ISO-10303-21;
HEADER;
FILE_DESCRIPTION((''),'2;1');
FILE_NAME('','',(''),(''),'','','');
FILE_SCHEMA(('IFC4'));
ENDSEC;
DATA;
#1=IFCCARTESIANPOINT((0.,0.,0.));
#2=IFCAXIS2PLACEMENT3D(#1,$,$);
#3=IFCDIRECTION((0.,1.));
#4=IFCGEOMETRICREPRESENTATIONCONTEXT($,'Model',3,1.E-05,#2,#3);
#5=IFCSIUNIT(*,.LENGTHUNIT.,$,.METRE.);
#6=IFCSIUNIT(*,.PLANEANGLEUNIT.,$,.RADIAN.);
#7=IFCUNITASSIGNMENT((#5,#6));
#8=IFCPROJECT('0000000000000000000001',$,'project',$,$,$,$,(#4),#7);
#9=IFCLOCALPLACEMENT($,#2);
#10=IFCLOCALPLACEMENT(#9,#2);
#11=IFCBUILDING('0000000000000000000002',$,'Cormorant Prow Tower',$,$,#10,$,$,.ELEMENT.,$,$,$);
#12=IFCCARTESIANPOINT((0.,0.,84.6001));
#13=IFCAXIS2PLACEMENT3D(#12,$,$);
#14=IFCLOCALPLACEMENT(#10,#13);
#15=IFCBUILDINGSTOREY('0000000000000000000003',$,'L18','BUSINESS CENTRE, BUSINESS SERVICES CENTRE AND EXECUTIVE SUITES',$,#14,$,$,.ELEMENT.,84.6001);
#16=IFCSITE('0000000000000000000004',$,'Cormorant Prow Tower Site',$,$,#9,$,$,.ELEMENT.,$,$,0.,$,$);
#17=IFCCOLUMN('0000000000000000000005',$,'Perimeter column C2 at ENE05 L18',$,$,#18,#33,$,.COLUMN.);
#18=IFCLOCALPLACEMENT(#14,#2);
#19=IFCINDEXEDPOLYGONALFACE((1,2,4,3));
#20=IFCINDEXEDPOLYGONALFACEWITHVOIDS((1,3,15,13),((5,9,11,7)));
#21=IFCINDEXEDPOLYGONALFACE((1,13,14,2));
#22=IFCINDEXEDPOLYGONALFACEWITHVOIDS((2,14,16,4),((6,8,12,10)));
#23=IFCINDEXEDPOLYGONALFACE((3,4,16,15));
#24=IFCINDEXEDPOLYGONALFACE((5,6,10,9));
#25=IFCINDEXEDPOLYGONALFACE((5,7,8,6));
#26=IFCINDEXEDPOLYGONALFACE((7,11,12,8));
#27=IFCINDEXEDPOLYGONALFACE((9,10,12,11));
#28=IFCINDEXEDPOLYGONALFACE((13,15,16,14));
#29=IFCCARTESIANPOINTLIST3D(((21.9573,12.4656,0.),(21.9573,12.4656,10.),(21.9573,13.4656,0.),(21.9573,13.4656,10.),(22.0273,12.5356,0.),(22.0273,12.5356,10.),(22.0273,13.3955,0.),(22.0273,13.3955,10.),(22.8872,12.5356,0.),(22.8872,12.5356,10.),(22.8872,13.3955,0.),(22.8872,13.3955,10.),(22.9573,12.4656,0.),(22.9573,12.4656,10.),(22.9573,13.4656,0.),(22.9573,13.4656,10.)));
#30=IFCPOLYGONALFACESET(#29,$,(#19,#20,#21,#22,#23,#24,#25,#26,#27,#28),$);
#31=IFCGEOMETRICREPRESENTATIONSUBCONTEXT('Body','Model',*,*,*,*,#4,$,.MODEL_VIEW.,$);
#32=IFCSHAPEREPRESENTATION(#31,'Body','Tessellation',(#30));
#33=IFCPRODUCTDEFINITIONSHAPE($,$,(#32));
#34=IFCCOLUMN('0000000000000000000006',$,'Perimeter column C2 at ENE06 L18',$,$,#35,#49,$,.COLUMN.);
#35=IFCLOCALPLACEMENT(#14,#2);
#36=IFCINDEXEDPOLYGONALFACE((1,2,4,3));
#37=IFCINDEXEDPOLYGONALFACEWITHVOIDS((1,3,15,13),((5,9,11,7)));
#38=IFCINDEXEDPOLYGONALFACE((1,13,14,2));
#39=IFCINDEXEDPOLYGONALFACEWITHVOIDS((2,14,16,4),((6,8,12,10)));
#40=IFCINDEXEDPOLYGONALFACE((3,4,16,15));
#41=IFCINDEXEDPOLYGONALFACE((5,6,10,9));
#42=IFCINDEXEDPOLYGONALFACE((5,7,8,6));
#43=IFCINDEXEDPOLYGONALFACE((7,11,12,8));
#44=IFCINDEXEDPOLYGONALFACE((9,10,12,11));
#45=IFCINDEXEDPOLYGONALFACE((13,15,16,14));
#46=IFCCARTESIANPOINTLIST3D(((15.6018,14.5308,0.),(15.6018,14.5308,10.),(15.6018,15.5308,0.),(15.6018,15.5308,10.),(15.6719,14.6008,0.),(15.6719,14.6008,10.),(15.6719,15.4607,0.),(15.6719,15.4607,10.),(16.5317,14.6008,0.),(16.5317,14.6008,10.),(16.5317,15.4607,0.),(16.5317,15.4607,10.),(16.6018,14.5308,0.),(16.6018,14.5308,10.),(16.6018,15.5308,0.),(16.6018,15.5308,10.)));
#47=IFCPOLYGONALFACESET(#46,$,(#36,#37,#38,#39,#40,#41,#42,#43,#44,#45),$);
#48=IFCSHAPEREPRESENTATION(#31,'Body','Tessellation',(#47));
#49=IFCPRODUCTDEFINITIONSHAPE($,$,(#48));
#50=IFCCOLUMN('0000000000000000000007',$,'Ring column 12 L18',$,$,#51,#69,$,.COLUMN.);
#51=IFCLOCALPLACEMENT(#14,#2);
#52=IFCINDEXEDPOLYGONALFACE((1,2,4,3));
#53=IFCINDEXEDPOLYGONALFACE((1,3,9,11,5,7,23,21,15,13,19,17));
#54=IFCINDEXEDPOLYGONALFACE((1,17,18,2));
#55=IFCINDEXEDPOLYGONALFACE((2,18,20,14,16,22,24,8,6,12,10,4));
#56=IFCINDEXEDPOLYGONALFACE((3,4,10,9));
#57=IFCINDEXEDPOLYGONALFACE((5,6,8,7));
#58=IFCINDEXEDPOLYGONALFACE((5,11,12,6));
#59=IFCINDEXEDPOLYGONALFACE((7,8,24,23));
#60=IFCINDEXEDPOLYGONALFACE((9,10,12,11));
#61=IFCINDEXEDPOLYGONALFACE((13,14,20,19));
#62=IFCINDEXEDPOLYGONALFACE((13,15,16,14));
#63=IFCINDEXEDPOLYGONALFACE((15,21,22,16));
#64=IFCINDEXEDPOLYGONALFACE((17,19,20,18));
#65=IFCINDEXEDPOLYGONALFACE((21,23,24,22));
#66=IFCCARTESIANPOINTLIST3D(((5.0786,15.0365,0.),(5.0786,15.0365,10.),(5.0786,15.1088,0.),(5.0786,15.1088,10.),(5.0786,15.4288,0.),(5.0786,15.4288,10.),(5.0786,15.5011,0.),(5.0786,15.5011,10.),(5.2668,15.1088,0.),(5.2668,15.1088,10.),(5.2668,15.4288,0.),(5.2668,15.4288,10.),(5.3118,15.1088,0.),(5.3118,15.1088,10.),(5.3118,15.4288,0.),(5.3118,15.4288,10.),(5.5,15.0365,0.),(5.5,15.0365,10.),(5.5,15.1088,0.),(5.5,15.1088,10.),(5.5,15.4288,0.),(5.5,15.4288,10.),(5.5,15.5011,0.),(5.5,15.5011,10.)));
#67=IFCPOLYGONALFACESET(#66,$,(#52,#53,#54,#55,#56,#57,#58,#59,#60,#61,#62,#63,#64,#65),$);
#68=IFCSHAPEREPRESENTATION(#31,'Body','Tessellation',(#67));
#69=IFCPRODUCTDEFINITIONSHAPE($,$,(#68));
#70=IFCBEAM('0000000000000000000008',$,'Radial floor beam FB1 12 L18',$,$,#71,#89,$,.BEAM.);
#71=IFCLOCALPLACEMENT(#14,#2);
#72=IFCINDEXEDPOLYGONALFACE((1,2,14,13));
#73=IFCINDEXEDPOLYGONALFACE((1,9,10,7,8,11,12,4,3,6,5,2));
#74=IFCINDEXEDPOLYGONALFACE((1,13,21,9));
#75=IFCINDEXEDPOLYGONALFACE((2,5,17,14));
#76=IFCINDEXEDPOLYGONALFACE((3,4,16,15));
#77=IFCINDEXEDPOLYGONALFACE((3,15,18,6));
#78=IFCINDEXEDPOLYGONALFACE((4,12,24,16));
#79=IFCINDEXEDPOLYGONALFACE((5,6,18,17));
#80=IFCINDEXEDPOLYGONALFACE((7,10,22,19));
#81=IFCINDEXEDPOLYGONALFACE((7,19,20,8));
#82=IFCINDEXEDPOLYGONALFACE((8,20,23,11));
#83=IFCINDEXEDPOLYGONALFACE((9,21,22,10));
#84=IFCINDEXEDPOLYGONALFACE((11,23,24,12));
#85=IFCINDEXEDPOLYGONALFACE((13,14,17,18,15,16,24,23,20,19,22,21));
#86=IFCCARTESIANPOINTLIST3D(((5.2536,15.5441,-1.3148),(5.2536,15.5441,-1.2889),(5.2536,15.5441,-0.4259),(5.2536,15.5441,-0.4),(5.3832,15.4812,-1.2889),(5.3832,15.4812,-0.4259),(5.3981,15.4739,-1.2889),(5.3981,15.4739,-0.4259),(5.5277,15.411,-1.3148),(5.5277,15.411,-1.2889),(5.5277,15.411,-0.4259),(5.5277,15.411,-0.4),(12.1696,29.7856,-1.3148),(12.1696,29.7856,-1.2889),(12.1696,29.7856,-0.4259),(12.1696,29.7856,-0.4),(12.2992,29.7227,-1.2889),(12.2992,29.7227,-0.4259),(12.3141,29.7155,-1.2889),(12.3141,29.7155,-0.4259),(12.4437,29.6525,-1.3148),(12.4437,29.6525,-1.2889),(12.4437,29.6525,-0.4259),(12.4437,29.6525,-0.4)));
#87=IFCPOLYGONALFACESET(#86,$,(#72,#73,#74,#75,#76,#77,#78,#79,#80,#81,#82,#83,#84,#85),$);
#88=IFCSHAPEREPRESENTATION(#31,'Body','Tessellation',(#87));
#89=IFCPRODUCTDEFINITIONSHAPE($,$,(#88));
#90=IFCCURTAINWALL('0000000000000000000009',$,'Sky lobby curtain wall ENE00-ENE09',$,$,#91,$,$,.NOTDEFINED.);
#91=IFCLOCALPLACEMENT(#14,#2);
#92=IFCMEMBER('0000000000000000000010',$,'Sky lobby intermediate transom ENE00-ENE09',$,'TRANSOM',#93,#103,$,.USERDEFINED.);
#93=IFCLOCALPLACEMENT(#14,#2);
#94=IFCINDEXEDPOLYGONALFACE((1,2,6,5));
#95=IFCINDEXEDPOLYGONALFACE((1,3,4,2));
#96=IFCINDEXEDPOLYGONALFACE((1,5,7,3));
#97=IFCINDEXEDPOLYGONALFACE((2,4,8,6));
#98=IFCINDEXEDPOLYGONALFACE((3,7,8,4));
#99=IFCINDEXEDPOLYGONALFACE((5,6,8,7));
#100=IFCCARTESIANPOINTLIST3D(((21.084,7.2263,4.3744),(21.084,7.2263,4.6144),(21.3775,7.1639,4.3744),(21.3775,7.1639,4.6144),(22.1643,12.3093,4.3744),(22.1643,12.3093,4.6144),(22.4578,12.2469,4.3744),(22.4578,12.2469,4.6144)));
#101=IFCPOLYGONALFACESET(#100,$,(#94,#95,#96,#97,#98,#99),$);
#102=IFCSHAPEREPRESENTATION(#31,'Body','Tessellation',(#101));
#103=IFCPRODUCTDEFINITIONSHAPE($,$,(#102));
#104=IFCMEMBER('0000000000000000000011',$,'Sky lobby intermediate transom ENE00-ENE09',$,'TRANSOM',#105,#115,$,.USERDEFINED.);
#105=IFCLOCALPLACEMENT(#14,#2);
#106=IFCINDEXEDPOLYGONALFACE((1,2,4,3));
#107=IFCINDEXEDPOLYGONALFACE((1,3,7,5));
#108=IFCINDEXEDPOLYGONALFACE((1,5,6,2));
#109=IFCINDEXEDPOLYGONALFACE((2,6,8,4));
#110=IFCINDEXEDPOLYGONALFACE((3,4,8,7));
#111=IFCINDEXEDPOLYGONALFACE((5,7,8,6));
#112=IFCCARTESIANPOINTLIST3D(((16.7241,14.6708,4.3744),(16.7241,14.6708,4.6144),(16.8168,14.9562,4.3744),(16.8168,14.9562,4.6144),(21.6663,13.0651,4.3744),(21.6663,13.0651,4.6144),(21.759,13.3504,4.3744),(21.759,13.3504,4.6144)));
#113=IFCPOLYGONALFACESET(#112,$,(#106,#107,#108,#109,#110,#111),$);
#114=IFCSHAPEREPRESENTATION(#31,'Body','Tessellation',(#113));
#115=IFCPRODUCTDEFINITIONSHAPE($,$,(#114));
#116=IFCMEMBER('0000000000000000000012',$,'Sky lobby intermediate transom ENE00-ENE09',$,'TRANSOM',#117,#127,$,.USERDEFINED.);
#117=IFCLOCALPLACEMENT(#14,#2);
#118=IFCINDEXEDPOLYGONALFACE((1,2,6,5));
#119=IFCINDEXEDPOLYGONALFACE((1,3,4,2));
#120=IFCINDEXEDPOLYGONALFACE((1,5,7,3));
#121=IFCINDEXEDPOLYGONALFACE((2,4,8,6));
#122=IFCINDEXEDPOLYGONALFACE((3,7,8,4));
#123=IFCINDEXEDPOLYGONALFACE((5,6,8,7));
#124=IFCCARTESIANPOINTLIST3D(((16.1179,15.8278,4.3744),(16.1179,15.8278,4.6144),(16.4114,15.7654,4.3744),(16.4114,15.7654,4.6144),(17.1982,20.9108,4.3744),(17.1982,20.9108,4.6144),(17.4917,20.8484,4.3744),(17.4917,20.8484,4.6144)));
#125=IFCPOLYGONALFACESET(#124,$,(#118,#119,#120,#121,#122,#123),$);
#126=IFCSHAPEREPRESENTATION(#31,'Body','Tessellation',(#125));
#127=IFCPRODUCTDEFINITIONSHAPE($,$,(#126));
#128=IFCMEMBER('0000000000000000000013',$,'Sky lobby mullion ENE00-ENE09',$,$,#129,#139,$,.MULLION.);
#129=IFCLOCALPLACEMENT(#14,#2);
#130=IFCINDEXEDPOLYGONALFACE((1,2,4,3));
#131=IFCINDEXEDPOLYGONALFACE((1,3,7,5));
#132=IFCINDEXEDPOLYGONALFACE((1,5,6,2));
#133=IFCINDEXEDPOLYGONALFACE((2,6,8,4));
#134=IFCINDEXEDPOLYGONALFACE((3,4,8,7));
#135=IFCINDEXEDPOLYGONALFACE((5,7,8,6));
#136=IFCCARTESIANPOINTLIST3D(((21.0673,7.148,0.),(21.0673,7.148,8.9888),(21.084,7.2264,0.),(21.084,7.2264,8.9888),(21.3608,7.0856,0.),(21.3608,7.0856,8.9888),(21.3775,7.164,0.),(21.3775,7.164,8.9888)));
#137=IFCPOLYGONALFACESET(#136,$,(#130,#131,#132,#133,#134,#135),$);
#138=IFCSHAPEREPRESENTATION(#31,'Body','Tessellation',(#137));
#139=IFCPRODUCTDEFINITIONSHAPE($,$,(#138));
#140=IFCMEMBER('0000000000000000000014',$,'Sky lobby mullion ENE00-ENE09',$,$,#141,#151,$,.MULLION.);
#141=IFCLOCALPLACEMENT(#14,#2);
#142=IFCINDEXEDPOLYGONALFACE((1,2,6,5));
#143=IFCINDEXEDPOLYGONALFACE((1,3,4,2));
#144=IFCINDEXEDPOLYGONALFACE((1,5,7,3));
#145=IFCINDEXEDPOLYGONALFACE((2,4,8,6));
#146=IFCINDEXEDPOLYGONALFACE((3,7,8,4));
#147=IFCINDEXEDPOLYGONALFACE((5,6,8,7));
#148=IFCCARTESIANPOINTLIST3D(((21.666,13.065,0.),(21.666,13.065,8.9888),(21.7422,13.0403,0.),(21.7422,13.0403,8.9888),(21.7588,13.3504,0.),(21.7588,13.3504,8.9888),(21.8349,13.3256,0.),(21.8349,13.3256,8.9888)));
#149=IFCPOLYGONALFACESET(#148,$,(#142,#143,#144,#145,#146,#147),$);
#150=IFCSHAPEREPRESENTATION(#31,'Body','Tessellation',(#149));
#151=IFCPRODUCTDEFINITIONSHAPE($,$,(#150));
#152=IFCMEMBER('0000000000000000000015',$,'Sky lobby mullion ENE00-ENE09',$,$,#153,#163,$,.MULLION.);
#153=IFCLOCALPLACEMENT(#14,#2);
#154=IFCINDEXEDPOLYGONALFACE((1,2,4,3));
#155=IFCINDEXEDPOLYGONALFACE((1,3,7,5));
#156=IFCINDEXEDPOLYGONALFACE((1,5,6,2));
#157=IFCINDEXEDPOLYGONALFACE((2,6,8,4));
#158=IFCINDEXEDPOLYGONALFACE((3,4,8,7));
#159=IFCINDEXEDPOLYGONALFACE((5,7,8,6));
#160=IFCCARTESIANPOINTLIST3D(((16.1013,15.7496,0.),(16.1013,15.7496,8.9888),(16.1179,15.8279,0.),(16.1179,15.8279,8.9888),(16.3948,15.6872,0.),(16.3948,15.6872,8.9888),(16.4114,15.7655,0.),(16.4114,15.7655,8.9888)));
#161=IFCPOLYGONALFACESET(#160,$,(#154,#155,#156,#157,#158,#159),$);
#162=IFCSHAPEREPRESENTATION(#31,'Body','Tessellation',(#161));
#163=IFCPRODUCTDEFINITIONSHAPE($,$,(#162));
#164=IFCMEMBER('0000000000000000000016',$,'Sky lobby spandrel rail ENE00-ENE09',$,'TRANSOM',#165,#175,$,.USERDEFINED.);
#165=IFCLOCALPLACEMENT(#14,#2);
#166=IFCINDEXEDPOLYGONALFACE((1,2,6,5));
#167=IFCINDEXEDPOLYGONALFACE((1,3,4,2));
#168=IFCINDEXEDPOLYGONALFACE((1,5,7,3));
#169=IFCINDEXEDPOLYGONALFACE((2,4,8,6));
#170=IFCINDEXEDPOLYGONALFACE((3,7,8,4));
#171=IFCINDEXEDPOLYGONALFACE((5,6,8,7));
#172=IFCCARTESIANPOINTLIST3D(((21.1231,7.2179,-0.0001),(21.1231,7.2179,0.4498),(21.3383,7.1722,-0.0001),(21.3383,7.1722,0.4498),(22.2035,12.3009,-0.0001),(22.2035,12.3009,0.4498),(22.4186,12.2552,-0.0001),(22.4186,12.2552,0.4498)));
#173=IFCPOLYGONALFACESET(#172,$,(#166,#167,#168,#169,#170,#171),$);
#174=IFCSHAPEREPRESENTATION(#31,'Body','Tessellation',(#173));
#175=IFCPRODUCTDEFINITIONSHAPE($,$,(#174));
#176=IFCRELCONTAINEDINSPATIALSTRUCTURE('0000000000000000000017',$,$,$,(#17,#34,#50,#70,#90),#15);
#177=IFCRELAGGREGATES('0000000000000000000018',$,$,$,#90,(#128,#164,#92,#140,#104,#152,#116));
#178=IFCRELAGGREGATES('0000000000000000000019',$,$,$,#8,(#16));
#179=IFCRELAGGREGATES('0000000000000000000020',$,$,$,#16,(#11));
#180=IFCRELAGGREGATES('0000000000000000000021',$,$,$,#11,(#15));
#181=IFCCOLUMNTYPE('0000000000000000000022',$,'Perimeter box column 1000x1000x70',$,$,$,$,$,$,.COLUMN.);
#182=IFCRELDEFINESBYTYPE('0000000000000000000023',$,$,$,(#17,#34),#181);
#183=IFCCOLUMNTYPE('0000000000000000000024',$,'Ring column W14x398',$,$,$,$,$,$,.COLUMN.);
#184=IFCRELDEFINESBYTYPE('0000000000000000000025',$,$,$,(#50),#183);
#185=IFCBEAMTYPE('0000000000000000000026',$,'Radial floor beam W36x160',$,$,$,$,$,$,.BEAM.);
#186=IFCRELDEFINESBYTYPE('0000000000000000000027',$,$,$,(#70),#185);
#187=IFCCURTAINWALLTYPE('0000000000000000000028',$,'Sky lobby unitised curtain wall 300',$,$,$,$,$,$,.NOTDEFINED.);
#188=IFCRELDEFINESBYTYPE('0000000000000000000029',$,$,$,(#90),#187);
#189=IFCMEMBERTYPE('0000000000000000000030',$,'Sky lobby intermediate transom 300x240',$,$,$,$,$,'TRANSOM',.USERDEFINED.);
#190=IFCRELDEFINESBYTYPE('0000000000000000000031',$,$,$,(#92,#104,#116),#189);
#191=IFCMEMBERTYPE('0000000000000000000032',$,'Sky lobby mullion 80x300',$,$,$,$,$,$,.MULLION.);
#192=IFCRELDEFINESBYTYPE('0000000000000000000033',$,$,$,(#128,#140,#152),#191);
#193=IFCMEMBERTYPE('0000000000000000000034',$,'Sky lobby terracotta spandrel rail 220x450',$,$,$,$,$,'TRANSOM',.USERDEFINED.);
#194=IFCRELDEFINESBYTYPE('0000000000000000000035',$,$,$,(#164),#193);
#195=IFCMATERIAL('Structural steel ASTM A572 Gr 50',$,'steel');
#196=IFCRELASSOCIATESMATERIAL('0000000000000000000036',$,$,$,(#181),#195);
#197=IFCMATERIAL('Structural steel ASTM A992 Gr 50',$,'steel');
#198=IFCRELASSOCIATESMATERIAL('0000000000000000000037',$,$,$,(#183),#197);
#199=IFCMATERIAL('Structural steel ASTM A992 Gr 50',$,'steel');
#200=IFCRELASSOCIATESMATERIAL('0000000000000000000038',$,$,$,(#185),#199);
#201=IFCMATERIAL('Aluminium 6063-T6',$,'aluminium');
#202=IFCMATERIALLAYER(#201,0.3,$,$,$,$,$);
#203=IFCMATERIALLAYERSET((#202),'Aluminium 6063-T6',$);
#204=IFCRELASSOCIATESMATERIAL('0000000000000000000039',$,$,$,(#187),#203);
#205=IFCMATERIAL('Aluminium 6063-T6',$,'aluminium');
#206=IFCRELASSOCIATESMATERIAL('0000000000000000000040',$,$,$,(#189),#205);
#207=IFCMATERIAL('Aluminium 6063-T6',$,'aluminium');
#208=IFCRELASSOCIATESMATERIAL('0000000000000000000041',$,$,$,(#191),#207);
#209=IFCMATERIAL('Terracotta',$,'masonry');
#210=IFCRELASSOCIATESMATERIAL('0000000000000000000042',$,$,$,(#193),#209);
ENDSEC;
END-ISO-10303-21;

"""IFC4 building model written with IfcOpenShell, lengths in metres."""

from ifc_helpers import new_model, si_unit, direction, frame, origin, origin_2d, place, context, subcontext, project, spatial, rectangle, hollow_rectangle, i_section, extrude, material, layer, layer_set, material_profile, profile_set, type_object, element, aggregate, save


model = new_model("IFC4")

# Units and contexts
model_context = context("Model", 3, precision=1e-05, world=origin(), true_north=direction((0.0, 1.0)))
body_context = subcontext(model_context, "Body", "Model", "MODEL_VIEW")
ifc_project = project(units=[si_unit("LENGTHUNIT", "METRE"), si_unit("PLANEANGLEUNIT", "RADIAN")], contexts=[model_context])

# Site, building, storey
site_placement = place(None, origin())
site = spatial("IfcSite", under=ifc_project, at=site_placement, Name="Cormorant Prow Tower Site", CompositionType="ELEMENT", RefElevation=0.0)
building_placement = place(site_placement, origin())
building = spatial("IfcBuilding", under=site, at=building_placement, Name="Cormorant Prow Tower", CompositionType="ELEMENT")
storey_placement = place(building_placement, frame((0.0, 0.0, 84.6001)))
storey = spatial("IfcBuildingStorey", under=building, at=storey_placement, Name="L18", Description="BUSINESS CENTRE, BUSINESS SERVICES CENTRE AND EXECUTIVE SUITES", CompositionType="ELEMENT", Elevation=84.6001)

# Columns
ifc_material_1 = material(Name="Structural steel ASTM A572 Gr 50", Category="steel")
ifc_material_profile_1 = material_profile(ifc_material_1, hollow_rectangle(XDim=1.0, YDim=1.0, WallThickness=0.0701, at=origin_2d()), Name="Box 1000x1000x70")
ifc_profile_set_1 = profile_set([ifc_material_profile_1], Name="Structural steel ASTM A572 Gr 50")
column_type_1 = type_object("IfcColumnType", Name="Perimeter box column 1000x1000x70", PredefinedType="COLUMN", material=ifc_profile_set_1)
for number, where, z_axis, x_axis, name in (
    (1, (22.4573, 12.9656, 0.0), (0.0, 0.0, 1.0), (1.0, 0.0, 0.0), "Perimeter column C2 at ENE05 L18"),
    (2, (16.1018, 15.0308, 0.0), (0.0, 0.0, 1.0), (1.0, 0.0, 0.0), "Perimeter column C2 at ENE06 L18"),
):
    element("IfcColumn", number, at=place(storey_placement, frame(where, z_axis=z_axis, x_axis=x_axis)), inside=storey, type_object=column_type_1, Name=name, PredefinedType="COLUMN", context=body_context, shape_type="SweptSolid", body=[
        extrude(hollow_rectangle(XDim=1.0, YDim=1.0, WallThickness=0.0701, at=origin_2d()), origin(), (0.0, 0.0, 1.0), 10.0),
    ])
ifc_material_2 = material(Name="Structural steel ASTM A992 Gr 50", Category="steel")
ifc_material_profile_2 = material_profile(ifc_material_2, i_section(OverallWidth=0.4214, OverallDepth=0.4646, WebThickness=0.0449, FlangeThickness=0.0723, at=origin_2d()), Name="W14x398")
ifc_profile_set_2 = profile_set([ifc_material_profile_2], Name="Structural steel ASTM A992 Gr 50")
column_type_2 = type_object("IfcColumnType", Name="Ring column W14x398", PredefinedType="COLUMN", material=ifc_profile_set_2)
column_placement = place(storey_placement, frame((5.2893, 15.2688, 0.0), z_axis=(0.0, 0.0, 1.0), x_axis=(1.0, 0.0, 0.0)))
element("IfcColumn", 3, at=column_placement, inside=storey, type_object=column_type_2, Name="Ring column 12 L18", PredefinedType="COLUMN", context=body_context, shape_type="SweptSolid", body=[
    extrude(i_section(OverallWidth=0.4214, OverallDepth=0.4646, WebThickness=0.0449, FlangeThickness=0.0723, at=origin_2d()), origin(), (0.0, 0.0, 1.0), 10.0),
])

# Beam
ifc_material_3 = material(Name="Structural steel ASTM A992 Gr 50", Category="steel")
ifc_material_profile_3 = material_profile(ifc_material_3, i_section(OverallWidth=0.3047, OverallDepth=0.9148, WebThickness=0.0166, FlangeThickness=0.0259, at=origin_2d()), Name="W36x160")
ifc_profile_set_3 = profile_set([ifc_material_profile_3], Name="Structural steel ASTM A992 Gr 50")
beam_type_1 = type_object("IfcBeamType", Name="Radial floor beam W36x160", PredefinedType="BEAM", material=ifc_profile_set_3)
beam_1_placement = place(storey_placement, frame((5.3906, 15.4775, -0.8574), z_axis=(0.436839, 0.899539, 0.0), x_axis=(-0.899539, 0.436839, 0.0)))
element("IfcBeam", 4, at=beam_1_placement, inside=storey, type_object=beam_type_1, Name="Radial floor beam FB1 12 L18", PredefinedType="BEAM", context=body_context, shape_type="SweptSolid", body=[
    extrude(i_section(OverallWidth=0.3047, OverallDepth=0.9148, WebThickness=0.0166, FlangeThickness=0.0259, at=origin_2d()), origin(), (0.0, 0.0, 1.0), 15.832),
])

# Curtain wall, members
ifc_material_4 = material(Name="Aluminium 6063-T6", Category="aluminium")
ifc_layer_1 = layer(ifc_material_4, 0.3)
ifc_layer_set_1 = layer_set([ifc_layer_1], Name="Aluminium 6063-T6")
curtain_wall_type = type_object("IfcCurtainWallType", Name="Sky lobby unitised curtain wall 300", PredefinedType="NOTDEFINED", material=ifc_layer_set_1)
curtain_wall_placement = place(storey_placement, origin())
curtain_wall = element("IfcCurtainWall", 5, at=curtain_wall_placement, inside=storey, type_object=curtain_wall_type, Name="Sky lobby curtain wall ENE00-ENE09", PredefinedType="NOTDEFINED")
ifc_material_5 = material(Name="Aluminium 6063-T6", Category="aluminium")
ifc_material_profile_4 = material_profile(ifc_material_5, rectangle(XDim=0.3, YDim=0.24, at=origin_2d()), Name="Sky lobby intermediate transom 300x240")
ifc_profile_set_4 = profile_set([ifc_material_profile_4], Name="Aluminium 6063-T6")
member_type_1 = type_object("IfcMemberType", Name="Sky lobby intermediate transom 300x240", ElementType="TRANSOM", PredefinedType="USERDEFINED", material=ifc_profile_set_4)
member_1_placement = place(storey_placement, frame((21.2307, 7.1951, 4.4944), z_axis=(0.207892, 0.978152, 0.0), x_axis=(-0.978152, 0.207892, 0.0)))
member_1 = element("IfcMember", 6, at=member_1_placement, type_object=member_type_1, Name="Sky lobby intermediate transom ENE00-ENE09", ObjectType="TRANSOM", PredefinedType="USERDEFINED", context=body_context, shape_type="SweptSolid", body=[
    extrude(rectangle(XDim=0.3, YDim=0.24, at=origin_2d()), origin(), (0.0, 0.0, 1.0), 5.1965),
])
member_2_placement = place(storey_placement, frame((21.7126, 13.2078, 4.4944), z_axis=(-0.951061, 0.309002, 0.0), x_axis=(-0.309002, -0.951061, 0.0)))
member_2 = element("IfcMember", 7, at=member_2_placement, type_object=member_type_1, Name="Sky lobby intermediate transom ENE00-ENE09", ObjectType="TRANSOM", PredefinedType="USERDEFINED", context=body_context, shape_type="SweptSolid", body=[
    extrude(rectangle(XDim=0.3, YDim=0.24, at=origin_2d()), origin(), (0.0, 0.0, 1.0), 5.1965),
])
member_3_placement = place(storey_placement, frame((16.2646, 15.7966, 4.4944), z_axis=(0.207892, 0.978152, 0.0), x_axis=(-0.978152, 0.207892, 0.0)))
member_3 = element("IfcMember", 8, at=member_3_placement, type_object=member_type_1, Name="Sky lobby intermediate transom ENE00-ENE09", ObjectType="TRANSOM", PredefinedType="USERDEFINED", context=body_context, shape_type="SweptSolid", body=[
    extrude(rectangle(XDim=0.3, YDim=0.24, at=origin_2d()), origin(), (0.0, 0.0, 1.0), 5.1965),
])
ifc_material_6 = material(Name="Aluminium 6063-T6", Category="aluminium")
ifc_material_profile_5 = material_profile(ifc_material_6, rectangle(XDim=0.3, YDim=0.0801, at=origin_2d()), Name="Sky lobby mullion 80x300")
ifc_profile_set_5 = profile_set([ifc_material_profile_5], Name="Aluminium 6063-T6")
member_type_2 = type_object("IfcMemberType", Name="Sky lobby mullion 80x300", PredefinedType="MULLION", material=ifc_profile_set_5)
member_4_placement = place(storey_placement, frame((21.2224, 7.156, 0.0), z_axis=(0.0, 0.0, 1.0), x_axis=(-0.978148, 0.207912, 0.0)))
member_4 = element("IfcMember", 9, at=member_4_placement, type_object=member_type_2, Name="Sky lobby mullion ENE00-ENE09", PredefinedType="MULLION", context=body_context, shape_type="SweptSolid", body=[
    extrude(rectangle(XDim=0.3, YDim=0.0801, at=origin_2d()), origin(), (0.0, 0.0, 1.0), 8.9888),
])
member_5_placement = place(storey_placement, frame((21.7505, 13.1953, 0.0), z_axis=(0.0, 0.0, 1.0), x_axis=(-0.309017, -0.951056, 0.0)))
member_5 = element("IfcMember", 10, at=member_5_placement, type_object=member_type_2, Name="Sky lobby mullion ENE00-ENE09", PredefinedType="MULLION", context=body_context, shape_type="SweptSolid", body=[
    extrude(rectangle(XDim=0.3, YDim=0.0801, at=origin_2d()), origin(), (0.0, 0.0, 1.0), 8.9888),
])
member_6_placement = place(storey_placement, frame((16.2563, 15.7576, 0.0), z_axis=(0.0, 0.0, 1.0), x_axis=(-0.978148, 0.207912, 0.0)))
member_6 = element("IfcMember", 11, at=member_6_placement, type_object=member_type_2, Name="Sky lobby mullion ENE00-ENE09", PredefinedType="MULLION", context=body_context, shape_type="SweptSolid", body=[
    extrude(rectangle(XDim=0.3, YDim=0.0801, at=origin_2d()), origin(), (0.0, 0.0, 1.0), 8.9888),
])
ifc_material_7 = material(Name="Terracotta", Category="masonry")
ifc_material_profile_6 = material_profile(ifc_material_7, rectangle(XDim=0.22, YDim=0.45, at=origin_2d()), Name="Sky lobby terracotta spandrel rail 220x450")
ifc_profile_set_6 = profile_set([ifc_material_profile_6], Name="Terracotta")
member_type_3 = type_object("IfcMemberType", Name="Sky lobby terracotta spandrel rail 220x450", ElementType="TRANSOM", PredefinedType="USERDEFINED", material=ifc_profile_set_6)
member_7_placement = place(storey_placement, frame((21.2307, 7.1951, 0.2249), z_axis=(0.207892, 0.978152, 0.0), x_axis=(-0.978152, 0.207892, 0.0)))
member_7 = element("IfcMember", 12, at=member_7_placement, type_object=member_type_3, Name="Sky lobby spandrel rail ENE00-ENE09", ObjectType="TRANSOM", PredefinedType="USERDEFINED", context=body_context, shape_type="SweptSolid", body=[
    extrude(rectangle(XDim=0.22, YDim=0.45, at=origin_2d()), origin(), (0.0, 0.0, 1.0), 5.1965),
])

aggregate(curtain_wall, [member_4, member_7, member_1, member_5, member_2, member_6, member_3])

save(model, "model.ifc")
